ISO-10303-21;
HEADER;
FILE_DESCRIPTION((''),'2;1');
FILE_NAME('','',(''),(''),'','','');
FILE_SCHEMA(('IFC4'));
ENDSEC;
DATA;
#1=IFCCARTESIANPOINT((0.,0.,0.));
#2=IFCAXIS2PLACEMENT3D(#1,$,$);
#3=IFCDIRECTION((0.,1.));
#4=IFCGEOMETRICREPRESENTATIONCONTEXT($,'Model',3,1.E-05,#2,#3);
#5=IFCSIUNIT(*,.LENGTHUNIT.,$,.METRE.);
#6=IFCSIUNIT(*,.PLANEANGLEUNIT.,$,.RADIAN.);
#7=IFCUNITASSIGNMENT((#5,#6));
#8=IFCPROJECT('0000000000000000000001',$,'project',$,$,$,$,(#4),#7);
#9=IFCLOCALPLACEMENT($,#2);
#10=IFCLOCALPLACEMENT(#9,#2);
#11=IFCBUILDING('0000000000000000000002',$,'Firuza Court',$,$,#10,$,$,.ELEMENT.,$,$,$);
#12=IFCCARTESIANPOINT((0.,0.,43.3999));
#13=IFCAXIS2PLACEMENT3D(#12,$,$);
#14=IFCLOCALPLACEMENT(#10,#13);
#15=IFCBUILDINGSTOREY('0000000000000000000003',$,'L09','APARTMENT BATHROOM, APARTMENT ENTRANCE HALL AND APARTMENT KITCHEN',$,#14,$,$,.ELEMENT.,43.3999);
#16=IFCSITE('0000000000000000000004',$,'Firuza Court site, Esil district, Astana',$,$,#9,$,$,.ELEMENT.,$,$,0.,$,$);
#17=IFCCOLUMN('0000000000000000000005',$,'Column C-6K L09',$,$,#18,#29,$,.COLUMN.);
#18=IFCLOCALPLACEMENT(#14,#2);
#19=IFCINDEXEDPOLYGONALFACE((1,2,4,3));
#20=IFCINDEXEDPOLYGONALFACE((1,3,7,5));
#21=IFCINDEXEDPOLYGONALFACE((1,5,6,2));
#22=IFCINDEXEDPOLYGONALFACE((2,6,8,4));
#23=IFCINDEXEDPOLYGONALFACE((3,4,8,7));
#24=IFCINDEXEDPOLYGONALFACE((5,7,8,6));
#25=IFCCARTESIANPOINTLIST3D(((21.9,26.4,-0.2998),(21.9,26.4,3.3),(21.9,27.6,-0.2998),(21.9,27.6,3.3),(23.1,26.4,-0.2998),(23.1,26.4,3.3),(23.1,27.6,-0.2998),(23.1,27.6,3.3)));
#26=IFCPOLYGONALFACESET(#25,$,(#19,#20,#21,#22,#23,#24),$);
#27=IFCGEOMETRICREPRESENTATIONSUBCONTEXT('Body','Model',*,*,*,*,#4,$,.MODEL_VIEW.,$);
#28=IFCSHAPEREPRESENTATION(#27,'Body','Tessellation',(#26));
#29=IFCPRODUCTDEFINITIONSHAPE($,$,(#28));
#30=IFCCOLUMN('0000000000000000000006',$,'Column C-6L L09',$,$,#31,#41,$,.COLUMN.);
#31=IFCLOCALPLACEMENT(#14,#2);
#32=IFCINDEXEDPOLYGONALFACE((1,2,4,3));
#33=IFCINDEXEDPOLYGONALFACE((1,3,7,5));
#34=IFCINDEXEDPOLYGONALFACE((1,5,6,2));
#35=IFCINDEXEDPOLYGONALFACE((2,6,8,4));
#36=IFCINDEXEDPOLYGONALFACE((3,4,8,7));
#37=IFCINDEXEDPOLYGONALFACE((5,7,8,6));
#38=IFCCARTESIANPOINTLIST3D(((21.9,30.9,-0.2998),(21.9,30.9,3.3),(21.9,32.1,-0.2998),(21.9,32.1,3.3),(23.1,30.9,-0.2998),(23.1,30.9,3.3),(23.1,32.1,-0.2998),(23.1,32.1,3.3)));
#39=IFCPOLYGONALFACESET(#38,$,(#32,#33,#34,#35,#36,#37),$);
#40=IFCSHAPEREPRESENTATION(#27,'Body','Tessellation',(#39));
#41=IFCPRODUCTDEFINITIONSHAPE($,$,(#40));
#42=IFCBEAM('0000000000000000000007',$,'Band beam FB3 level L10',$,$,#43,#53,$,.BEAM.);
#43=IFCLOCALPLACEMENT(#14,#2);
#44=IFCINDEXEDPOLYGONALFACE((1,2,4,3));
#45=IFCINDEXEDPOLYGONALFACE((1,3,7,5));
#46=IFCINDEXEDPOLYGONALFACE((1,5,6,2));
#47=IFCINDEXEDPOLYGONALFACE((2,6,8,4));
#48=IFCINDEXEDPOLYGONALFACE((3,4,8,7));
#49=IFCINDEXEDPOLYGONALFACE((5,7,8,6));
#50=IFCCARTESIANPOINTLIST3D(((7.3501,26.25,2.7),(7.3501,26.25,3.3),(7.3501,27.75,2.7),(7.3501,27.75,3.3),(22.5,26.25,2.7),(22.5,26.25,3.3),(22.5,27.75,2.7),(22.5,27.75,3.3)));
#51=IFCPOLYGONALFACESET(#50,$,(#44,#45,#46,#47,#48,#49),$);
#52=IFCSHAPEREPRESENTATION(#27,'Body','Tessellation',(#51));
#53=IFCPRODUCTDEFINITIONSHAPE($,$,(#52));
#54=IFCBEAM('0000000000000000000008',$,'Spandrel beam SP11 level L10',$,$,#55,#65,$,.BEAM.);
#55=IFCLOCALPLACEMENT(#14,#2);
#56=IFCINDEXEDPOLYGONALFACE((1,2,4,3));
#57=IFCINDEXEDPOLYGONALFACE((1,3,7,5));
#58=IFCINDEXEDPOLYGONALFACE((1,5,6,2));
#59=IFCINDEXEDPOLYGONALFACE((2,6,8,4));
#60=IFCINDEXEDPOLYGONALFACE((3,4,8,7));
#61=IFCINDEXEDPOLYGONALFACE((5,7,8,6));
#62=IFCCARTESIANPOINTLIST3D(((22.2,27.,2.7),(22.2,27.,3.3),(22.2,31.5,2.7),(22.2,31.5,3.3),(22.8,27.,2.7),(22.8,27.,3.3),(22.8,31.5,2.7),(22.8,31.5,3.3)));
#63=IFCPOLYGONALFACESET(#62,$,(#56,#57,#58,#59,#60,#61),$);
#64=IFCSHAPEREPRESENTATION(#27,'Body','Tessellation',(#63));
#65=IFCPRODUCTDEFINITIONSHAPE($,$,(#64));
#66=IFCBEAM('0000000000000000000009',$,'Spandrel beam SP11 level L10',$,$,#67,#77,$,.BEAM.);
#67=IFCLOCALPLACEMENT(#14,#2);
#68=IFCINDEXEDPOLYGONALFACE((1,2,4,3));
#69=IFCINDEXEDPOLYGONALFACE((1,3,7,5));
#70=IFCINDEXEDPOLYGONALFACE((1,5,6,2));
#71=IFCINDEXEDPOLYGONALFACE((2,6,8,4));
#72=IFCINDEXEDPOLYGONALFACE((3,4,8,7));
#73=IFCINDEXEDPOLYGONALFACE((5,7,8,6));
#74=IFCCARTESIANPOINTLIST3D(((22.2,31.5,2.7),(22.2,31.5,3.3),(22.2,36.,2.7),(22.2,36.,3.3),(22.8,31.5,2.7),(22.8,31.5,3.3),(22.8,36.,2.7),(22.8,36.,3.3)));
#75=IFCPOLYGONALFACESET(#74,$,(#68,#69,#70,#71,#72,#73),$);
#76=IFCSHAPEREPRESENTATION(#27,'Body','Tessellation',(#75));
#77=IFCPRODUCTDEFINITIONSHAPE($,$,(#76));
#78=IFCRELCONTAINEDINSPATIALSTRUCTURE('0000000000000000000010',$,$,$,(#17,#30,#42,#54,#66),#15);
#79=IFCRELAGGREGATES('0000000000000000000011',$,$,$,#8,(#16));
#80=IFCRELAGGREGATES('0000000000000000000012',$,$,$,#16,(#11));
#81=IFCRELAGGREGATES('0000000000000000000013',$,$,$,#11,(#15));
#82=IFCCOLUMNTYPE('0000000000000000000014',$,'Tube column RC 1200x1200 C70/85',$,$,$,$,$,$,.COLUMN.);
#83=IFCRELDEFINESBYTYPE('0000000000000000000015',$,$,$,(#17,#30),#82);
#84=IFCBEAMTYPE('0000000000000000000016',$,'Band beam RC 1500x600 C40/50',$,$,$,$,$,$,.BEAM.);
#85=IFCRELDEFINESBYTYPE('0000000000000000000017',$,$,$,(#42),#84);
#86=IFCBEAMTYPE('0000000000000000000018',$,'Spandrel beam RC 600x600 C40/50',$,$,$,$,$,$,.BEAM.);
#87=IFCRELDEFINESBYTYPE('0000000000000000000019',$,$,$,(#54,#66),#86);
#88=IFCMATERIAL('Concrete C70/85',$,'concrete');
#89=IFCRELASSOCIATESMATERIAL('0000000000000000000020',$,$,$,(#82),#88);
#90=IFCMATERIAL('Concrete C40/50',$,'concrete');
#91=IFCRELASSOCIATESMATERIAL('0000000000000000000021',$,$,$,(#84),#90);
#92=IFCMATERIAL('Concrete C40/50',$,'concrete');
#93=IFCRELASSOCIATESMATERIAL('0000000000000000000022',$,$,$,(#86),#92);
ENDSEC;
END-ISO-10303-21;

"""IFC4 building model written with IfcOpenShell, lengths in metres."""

from ifc_helpers import new_model, si_unit, direction, frame, origin, origin_2d, place, context, subcontext, project, spatial, rectangle, extrude, material, material_profile, profile_set, type_object, element, save


model = new_model("IFC4")

# Units and contexts
model_context = context("Model", 3, precision=1e-05, world=origin(), true_north=direction((0.0, 1.0)))
body_context = subcontext(model_context, "Body", "Model", "MODEL_VIEW")
ifc_project = project(units=[si_unit("LENGTHUNIT", "METRE"), si_unit("PLANEANGLEUNIT", "RADIAN")], contexts=[model_context])

# Site, building, storey
site_placement = place(None, origin())
site = spatial("IfcSite", under=ifc_project, at=site_placement, Name="Firuza Court site, Esil district, Astana", CompositionType="ELEMENT", RefElevation=0.0)
building_placement = place(site_placement, origin())
building = spatial("IfcBuilding", under=site, at=building_placement, Name="Firuza Court", CompositionType="ELEMENT")
storey_placement = place(building_placement, frame((0.0, 0.0, 43.3999)))
storey = spatial("IfcBuildingStorey", under=building, at=storey_placement, Name="L09", Description="APARTMENT BATHROOM, APARTMENT ENTRANCE HALL AND APARTMENT KITCHEN", CompositionType="ELEMENT", Elevation=43.3999)

# Columns
ifc_material_1 = material(Name="Concrete C70/85", Category="concrete")
ifc_material_profile_1 = material_profile(ifc_material_1, rectangle(XDim=1.2, YDim=1.2, at=origin_2d()), Name="RC 1200x1200")
ifc_profile_set_1 = profile_set([ifc_material_profile_1], Name="Concrete C70/85")
column_type = type_object("IfcColumnType", Name="Tube column RC 1200x1200 C70/85", PredefinedType="COLUMN", material=ifc_profile_set_1)
for number, where, z_axis, x_axis, name in (
    (1, (22.5, 27.0, -0.2998), (0.0, 0.0, 1.0), (1.0, 0.0, 0.0), "Column C-6K L09"),
    (2, (22.5, 31.5, -0.2998), (0.0, 0.0, 1.0), (1.0, 0.0, 0.0), "Column C-6L L09"),
):
    element("IfcColumn", number, at=place(storey_placement, frame(where, z_axis=z_axis, x_axis=x_axis)), inside=storey, type_object=column_type, Name=name, PredefinedType="COLUMN", context=body_context, shape_type="SweptSolid", body=[
        extrude(rectangle(XDim=1.2, YDim=1.2, at=origin_2d()), origin(), (0.0, 0.0, 1.0), 3.5999),
    ])

# Beams
ifc_material_2 = material(Name="Concrete C40/50", Category="concrete")
ifc_material_profile_2 = material_profile(ifc_material_2, rectangle(XDim=1.5, YDim=0.6001, at=origin_2d()), Name="RC 1500x600")
ifc_profile_set_2 = profile_set([ifc_material_profile_2], Name="Concrete C40/50")
beam_type_1 = type_object("IfcBeamType", Name="Band beam RC 1500x600 C40/50", PredefinedType="BEAM", material=ifc_profile_set_2)
beam_placement = place(storey_placement, frame((22.5, 27.0, 3.0), z_axis=(-1.0, 0.0, 0.0), x_axis=(0.0, -1.0, 0.0)))
element("IfcBeam", 3, at=beam_placement, inside=storey, type_object=beam_type_1, Name="Band beam FB3 level L10", PredefinedType="BEAM", context=body_context, shape_type="SweptSolid", body=[
    extrude(rectangle(XDim=1.5, YDim=0.6001, at=origin_2d()), origin(), (0.0, 0.0, 1.0), 15.1499),
])
ifc_material_3 = material(Name="Concrete C40/50", Category="concrete")
ifc_material_profile_3 = material_profile(ifc_material_3, rectangle(XDim=0.6001, YDim=0.6001, at=origin_2d()), Name="RC 600x600")
ifc_profile_set_3 = profile_set([ifc_material_profile_3], Name="Concrete C40/50")
beam_type_2 = type_object("IfcBeamType", Name="Spandrel beam RC 600x600 C40/50", PredefinedType="BEAM", material=ifc_profile_set_3)
for number, where, z_axis, x_axis, name in (
    (4, (22.5, 27.0, 3.0), (0.0, 1.0, 0.0), (-1.0, 0.0, 0.0), "Spandrel beam SP11 level L10"),
    (5, (22.5, 31.5, 3.0), (0.0, 1.0, 0.0), (-1.0, 0.0, 0.0), "Spandrel beam SP11 level L10"),
):
    element("IfcBeam", number, at=place(storey_placement, frame(where, z_axis=z_axis, x_axis=x_axis)), inside=storey, type_object=beam_type_2, Name=name, PredefinedType="BEAM", context=body_context, shape_type="SweptSolid", body=[
        extrude(rectangle(XDim=0.6001, YDim=0.6001, at=origin_2d()), origin(), (0.0, 0.0, 1.0), 4.5),
    ])

save(model, "model.ifc")
